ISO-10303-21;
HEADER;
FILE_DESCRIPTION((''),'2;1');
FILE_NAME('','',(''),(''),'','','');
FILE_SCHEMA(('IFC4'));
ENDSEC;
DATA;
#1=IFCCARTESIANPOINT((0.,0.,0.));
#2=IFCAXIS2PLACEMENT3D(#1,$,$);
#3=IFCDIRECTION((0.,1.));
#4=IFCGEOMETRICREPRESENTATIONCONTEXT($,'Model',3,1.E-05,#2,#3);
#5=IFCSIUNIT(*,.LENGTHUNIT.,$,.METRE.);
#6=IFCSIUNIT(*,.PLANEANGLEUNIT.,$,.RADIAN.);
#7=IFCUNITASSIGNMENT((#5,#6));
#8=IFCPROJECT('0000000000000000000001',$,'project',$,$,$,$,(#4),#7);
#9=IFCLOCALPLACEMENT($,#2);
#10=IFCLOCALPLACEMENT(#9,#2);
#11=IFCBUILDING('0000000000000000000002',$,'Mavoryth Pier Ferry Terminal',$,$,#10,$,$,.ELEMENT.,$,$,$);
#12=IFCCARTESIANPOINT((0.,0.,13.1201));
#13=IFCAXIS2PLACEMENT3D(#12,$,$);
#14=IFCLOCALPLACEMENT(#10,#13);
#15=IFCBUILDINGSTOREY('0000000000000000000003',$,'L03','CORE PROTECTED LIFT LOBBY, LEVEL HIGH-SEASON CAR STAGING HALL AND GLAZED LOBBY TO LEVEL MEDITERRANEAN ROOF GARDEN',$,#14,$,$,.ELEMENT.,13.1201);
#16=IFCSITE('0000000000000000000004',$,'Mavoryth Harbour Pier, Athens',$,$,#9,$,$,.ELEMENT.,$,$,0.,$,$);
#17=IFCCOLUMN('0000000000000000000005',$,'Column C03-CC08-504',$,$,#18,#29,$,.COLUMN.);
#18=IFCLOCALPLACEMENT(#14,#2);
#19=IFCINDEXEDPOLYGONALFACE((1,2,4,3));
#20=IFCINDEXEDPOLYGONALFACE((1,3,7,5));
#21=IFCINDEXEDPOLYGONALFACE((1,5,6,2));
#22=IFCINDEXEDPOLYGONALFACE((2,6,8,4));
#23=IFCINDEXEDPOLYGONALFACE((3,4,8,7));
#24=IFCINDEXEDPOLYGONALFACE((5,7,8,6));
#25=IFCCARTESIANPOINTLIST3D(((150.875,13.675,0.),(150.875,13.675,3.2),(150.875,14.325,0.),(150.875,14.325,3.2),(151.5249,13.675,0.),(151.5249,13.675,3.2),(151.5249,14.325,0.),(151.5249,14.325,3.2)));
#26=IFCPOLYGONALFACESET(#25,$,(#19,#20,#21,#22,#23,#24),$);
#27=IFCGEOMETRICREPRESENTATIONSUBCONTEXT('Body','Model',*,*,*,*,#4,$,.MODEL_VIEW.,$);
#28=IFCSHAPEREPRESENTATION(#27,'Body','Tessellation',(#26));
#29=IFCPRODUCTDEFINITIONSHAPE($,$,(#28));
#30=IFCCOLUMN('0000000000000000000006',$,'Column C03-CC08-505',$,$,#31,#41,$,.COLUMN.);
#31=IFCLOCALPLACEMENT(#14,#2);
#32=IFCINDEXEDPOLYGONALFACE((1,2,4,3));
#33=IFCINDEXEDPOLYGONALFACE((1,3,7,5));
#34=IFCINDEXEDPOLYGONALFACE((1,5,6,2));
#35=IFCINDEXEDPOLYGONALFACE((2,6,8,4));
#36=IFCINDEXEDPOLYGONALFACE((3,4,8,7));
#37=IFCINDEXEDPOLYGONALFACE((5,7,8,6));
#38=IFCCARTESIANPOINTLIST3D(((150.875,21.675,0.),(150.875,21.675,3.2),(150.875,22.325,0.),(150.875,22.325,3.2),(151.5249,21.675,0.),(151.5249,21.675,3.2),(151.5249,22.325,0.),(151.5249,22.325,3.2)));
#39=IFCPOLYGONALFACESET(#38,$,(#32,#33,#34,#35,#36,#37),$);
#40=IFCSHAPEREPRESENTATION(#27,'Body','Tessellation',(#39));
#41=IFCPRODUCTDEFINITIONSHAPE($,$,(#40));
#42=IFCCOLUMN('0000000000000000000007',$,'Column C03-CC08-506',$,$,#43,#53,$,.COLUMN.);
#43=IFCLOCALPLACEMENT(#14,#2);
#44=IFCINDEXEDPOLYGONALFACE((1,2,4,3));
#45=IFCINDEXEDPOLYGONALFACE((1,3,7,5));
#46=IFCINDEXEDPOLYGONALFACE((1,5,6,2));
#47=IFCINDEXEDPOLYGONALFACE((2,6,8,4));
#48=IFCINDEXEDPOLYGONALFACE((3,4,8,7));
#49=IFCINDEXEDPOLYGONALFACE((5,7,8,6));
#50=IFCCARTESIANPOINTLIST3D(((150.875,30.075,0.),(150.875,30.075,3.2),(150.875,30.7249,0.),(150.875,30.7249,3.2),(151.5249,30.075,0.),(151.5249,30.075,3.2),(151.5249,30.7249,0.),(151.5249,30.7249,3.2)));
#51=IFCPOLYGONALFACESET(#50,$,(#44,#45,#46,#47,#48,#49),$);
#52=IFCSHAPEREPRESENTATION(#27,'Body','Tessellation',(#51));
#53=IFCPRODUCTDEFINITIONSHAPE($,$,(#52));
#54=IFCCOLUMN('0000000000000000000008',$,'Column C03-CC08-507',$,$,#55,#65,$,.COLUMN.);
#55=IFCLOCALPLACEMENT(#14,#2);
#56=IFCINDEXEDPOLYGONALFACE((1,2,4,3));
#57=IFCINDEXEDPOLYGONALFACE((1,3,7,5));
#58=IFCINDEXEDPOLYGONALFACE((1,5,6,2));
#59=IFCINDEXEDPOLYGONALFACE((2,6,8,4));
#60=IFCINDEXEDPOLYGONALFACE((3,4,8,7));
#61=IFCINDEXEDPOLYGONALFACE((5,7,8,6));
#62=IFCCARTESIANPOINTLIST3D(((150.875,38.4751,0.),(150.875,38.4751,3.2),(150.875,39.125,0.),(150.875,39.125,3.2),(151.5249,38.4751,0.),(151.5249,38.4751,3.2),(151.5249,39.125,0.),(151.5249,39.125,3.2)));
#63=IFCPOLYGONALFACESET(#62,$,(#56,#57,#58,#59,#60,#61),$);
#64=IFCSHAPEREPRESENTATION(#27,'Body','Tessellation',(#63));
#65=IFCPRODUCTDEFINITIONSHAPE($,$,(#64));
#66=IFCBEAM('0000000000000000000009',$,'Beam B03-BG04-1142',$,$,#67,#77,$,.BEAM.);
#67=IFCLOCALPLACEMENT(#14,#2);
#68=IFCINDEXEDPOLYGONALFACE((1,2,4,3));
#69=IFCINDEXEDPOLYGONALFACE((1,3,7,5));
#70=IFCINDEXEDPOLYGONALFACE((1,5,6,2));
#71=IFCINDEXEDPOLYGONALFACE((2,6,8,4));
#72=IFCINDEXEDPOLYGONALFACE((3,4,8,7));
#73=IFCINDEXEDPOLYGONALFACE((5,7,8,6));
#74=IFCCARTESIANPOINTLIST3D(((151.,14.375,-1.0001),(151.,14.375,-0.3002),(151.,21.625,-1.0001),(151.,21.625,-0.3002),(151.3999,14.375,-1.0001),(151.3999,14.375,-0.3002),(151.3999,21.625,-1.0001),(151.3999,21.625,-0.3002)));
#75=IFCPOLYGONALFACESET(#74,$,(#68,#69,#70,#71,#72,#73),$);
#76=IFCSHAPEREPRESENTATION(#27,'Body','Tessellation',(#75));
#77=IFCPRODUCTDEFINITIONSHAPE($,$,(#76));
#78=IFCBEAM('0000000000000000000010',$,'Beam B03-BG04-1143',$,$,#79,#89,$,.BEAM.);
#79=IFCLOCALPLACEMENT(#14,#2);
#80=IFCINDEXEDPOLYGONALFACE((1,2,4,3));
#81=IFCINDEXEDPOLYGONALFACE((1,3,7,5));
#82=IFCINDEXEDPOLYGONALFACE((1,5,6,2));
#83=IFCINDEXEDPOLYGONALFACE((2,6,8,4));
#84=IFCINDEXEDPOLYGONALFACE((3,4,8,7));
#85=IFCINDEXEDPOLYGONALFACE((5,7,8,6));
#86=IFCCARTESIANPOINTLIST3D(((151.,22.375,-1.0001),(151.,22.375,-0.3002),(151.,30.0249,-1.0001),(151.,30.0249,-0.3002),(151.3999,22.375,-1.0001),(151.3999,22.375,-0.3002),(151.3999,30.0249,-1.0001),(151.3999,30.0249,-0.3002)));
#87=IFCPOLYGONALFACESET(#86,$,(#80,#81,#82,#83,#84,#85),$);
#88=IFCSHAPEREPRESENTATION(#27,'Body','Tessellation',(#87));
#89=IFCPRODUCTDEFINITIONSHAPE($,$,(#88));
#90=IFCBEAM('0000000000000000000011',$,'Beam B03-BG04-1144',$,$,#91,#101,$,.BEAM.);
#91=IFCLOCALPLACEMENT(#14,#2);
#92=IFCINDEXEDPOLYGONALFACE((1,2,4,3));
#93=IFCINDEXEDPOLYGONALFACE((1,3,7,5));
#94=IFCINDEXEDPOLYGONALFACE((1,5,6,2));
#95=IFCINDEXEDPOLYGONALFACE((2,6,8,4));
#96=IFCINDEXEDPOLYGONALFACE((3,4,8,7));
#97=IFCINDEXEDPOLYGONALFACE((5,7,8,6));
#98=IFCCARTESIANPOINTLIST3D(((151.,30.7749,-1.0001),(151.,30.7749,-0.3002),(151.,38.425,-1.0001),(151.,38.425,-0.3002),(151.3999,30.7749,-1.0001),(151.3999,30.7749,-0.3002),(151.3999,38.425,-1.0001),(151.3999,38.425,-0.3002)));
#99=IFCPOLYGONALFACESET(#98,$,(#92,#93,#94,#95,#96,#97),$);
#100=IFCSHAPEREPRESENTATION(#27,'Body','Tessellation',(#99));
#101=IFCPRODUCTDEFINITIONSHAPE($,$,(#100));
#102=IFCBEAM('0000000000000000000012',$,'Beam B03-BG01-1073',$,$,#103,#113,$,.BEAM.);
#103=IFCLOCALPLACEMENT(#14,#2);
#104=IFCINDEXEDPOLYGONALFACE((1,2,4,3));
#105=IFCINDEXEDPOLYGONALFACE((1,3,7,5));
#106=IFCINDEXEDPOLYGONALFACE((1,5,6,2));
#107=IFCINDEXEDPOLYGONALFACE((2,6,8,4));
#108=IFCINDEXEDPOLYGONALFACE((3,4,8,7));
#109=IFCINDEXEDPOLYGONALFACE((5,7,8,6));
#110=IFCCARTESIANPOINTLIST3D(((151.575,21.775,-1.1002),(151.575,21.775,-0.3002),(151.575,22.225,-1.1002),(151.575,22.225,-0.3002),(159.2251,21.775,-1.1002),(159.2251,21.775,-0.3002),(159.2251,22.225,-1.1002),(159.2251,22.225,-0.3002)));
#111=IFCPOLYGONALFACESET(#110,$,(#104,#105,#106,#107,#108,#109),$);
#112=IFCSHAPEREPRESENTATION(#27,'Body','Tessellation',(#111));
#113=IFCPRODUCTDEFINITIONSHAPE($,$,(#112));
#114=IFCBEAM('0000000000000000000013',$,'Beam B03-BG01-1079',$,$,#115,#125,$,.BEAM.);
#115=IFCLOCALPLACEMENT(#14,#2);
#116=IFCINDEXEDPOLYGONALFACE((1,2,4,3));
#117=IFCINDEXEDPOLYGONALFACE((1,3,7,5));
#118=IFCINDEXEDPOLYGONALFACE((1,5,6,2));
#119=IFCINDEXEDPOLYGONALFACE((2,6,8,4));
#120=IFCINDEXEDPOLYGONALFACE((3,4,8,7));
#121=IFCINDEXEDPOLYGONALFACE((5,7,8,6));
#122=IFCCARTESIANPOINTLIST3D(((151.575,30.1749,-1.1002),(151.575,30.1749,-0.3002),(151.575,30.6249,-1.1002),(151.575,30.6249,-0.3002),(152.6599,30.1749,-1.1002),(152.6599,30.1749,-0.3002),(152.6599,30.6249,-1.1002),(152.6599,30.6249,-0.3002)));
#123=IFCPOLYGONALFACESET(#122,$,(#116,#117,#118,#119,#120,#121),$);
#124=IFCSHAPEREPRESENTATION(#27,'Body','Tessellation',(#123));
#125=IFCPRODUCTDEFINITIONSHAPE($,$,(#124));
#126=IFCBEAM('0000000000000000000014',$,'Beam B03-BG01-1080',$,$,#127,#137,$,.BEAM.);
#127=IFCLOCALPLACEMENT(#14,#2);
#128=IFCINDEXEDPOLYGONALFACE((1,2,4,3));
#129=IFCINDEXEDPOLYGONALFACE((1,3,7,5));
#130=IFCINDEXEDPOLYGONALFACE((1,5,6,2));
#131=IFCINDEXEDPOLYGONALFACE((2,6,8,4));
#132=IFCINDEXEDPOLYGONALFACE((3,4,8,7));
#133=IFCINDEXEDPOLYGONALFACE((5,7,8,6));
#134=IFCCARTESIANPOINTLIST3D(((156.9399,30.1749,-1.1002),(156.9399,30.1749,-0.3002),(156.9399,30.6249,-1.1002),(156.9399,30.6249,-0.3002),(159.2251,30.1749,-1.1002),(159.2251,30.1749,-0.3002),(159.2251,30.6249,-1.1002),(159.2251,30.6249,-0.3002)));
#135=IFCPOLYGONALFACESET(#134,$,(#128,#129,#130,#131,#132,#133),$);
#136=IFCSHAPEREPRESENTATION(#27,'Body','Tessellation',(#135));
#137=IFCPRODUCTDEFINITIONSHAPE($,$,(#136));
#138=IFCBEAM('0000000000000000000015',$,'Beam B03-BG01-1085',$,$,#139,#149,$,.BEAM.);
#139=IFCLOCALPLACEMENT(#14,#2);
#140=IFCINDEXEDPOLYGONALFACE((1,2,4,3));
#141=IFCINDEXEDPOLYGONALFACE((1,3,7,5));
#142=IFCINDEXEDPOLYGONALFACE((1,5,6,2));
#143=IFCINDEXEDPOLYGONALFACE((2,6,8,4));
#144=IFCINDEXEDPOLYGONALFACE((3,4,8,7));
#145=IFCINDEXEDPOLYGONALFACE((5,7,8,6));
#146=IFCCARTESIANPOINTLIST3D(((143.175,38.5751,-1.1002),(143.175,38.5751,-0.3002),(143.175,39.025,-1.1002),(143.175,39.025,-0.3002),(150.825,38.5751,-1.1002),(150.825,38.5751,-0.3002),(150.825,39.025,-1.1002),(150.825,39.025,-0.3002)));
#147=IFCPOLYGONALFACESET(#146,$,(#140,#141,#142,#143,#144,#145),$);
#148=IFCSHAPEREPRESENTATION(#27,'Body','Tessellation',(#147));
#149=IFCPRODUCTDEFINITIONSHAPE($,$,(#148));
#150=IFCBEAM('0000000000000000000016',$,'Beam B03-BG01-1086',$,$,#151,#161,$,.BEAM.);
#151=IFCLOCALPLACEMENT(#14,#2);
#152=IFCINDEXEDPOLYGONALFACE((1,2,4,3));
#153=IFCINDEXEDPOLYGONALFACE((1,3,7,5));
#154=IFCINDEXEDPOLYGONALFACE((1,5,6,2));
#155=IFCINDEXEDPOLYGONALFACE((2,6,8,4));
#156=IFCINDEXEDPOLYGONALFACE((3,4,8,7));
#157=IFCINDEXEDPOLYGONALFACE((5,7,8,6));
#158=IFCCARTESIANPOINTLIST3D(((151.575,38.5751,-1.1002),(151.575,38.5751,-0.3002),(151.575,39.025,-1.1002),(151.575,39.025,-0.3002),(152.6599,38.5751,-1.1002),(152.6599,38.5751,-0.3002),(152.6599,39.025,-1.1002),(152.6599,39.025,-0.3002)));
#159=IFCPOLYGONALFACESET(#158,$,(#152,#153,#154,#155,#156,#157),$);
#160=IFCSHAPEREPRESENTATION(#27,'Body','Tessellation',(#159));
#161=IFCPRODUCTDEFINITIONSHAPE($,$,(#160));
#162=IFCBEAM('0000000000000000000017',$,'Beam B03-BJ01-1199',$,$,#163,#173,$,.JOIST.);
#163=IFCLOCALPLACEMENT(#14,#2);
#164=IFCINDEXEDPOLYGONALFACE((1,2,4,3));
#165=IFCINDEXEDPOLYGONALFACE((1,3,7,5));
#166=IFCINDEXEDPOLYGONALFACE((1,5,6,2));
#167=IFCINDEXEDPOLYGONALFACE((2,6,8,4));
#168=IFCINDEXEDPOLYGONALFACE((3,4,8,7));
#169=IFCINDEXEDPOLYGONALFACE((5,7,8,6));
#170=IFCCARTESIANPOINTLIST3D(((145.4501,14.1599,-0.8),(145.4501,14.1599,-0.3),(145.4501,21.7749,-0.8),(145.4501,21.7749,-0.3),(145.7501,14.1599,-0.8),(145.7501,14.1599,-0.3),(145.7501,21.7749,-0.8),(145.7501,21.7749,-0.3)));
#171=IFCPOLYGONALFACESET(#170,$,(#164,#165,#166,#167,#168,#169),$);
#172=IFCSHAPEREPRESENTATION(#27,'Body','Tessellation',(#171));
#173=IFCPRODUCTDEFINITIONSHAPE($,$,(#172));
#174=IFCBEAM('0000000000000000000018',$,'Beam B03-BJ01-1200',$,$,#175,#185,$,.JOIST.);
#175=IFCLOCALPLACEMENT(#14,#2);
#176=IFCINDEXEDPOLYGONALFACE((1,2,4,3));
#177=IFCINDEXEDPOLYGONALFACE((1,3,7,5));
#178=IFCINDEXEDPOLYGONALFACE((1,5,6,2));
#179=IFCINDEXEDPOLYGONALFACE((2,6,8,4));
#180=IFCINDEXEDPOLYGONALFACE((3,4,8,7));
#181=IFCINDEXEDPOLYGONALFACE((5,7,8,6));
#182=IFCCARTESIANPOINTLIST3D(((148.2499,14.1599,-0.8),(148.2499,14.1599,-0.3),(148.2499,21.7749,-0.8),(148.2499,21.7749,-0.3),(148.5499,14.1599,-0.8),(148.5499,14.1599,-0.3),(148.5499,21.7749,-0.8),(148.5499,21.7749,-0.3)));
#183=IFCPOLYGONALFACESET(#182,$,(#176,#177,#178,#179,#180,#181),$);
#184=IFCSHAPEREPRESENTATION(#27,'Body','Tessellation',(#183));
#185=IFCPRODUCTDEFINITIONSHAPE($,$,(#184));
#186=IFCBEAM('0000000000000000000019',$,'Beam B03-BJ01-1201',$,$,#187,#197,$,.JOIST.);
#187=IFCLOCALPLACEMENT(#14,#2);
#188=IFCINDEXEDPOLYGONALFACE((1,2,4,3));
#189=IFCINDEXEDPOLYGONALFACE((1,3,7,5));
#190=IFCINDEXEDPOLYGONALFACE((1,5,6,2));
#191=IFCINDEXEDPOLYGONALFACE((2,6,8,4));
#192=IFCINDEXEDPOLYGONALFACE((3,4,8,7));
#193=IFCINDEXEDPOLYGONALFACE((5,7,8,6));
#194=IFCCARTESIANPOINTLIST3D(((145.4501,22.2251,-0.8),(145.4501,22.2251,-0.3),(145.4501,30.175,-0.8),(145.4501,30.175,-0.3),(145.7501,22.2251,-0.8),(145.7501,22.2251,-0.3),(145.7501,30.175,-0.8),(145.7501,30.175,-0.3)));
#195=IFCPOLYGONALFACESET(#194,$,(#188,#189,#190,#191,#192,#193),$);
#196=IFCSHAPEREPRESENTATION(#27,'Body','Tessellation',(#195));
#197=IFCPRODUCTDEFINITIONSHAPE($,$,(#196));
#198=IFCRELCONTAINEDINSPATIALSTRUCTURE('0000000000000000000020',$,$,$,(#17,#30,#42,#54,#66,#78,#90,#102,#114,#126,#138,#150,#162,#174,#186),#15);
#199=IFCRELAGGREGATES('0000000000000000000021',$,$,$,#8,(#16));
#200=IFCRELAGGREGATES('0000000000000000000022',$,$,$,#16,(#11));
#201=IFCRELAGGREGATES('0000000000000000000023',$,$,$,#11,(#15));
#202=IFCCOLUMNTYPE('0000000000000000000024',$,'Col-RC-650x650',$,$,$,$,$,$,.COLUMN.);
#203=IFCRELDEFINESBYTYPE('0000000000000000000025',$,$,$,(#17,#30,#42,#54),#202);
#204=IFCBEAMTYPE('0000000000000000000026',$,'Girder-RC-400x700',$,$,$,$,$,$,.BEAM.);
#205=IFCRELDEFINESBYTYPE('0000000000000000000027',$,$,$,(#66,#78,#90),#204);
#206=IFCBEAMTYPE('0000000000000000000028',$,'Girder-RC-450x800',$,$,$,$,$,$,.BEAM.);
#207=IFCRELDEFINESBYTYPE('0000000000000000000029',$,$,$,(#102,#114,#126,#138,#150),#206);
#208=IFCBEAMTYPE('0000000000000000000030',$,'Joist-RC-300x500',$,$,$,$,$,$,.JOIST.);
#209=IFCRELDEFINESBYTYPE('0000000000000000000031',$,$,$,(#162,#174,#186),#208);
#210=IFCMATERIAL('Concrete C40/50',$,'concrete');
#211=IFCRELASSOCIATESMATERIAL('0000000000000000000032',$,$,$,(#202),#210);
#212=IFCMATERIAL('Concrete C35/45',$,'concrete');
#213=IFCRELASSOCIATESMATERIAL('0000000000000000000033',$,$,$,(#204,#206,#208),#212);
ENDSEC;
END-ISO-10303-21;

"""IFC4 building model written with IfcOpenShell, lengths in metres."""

from ifc_helpers import new_model, si_unit, direction, frame, origin, origin_2d, place, context, subcontext, project, spatial, rectangle, extrude, material, material_profile, profile_set, type_object, element, save


model = new_model("IFC4")

# Units and contexts
model_context = context("Model", 3, precision=1e-05, world=origin(), true_north=direction((0.0, 1.0)))
body_context = subcontext(model_context, "Body", "Model", "MODEL_VIEW")
ifc_project = project(units=[si_unit("LENGTHUNIT", "METRE"), si_unit("PLANEANGLEUNIT", "RADIAN")], contexts=[model_context])

# Site, building, storey
site_placement = place(None, origin())
site = spatial("IfcSite", under=ifc_project, at=site_placement, Name="Mavoryth Harbour Pier, Athens", CompositionType="ELEMENT", RefElevation=0.0)
building_placement = place(site_placement, origin())
building = spatial("IfcBuilding", under=site, at=building_placement, Name="Mavoryth Pier Ferry Terminal", CompositionType="ELEMENT")
storey_placement = place(building_placement, frame((0.0, 0.0, 13.1201)))
storey = spatial("IfcBuildingStorey", under=building, at=storey_placement, Name="L03", Description="CORE PROTECTED LIFT LOBBY, LEVEL HIGH-SEASON CAR STAGING HALL AND GLAZED LOBBY TO LEVEL MEDITERRANEAN ROOF GARDEN", CompositionType="ELEMENT", Elevation=13.1201)

# Columns
ifc_material_1 = material(Name="Concrete C40/50", Category="concrete")
ifc_material_profile_1 = material_profile(ifc_material_1, rectangle(XDim=0.6499, YDim=0.6499, at=origin_2d()), Name="RC 650x650", Category="concrete")
ifc_profile_set_1 = profile_set([ifc_material_profile_1], Name="Concrete C40/50 - RC 650x650")
column_type = type_object("IfcColumnType", Name="Col-RC-650x650", PredefinedType="COLUMN", material=ifc_profile_set_1)
for number, where, z_axis, x_axis, name in (
    (1, (151.2, 14.0, 0.0), (0.0, 0.0, 1.0), (1.0, 0.0, 0.0), "Column C03-CC08-504"),
    (2, (151.2, 22.0, 0.0), (0.0, 0.0, 1.0), (1.0, 0.0, 0.0), "Column C03-CC08-505"),
    (3, (151.2, 30.3999, 0.0), (0.0, 0.0, 1.0), (1.0, 0.0, 0.0), "Column C03-CC08-506"),
    (4, (151.2, 38.8, 0.0), (0.0, 0.0, 1.0), (1.0, 0.0, 0.0), "Column C03-CC08-507"),
):
    element("IfcColumn", number, at=place(storey_placement, frame(where, z_axis=z_axis, x_axis=x_axis)), inside=storey, type_object=column_type, Name=name, PredefinedType="COLUMN", context=body_context, shape_type="SweptSolid", body=[
        extrude(rectangle(XDim=0.6499, YDim=0.6499, at=origin_2d()), origin(), (0.0, 0.0, 1.0), 3.2),
    ])

# Beams
ifc_material_2 = material(Name="Concrete C35/45", Category="concrete")
ifc_material_profile_2 = material_profile(ifc_material_2, rectangle(XDim=0.3999, YDim=0.7, at=origin_2d()), Name="RC 400x700", Category="concrete")
ifc_profile_set_2 = profile_set([ifc_material_profile_2], Name="Concrete C35/45 - RC 400x700")
beam_type_1 = type_object("IfcBeamType", Name="Girder-RC-400x700", PredefinedType="BEAM", material=ifc_profile_set_2)
beam_1_placement = place(storey_placement, frame((151.2, 14.375, -0.6501), z_axis=(0.0, 1.0, 0.0), x_axis=(-1.0, 0.0, 0.0)))
element("IfcBeam", 5, at=beam_1_placement, inside=storey, type_object=beam_type_1, Name="Beam B03-BG04-1142", PredefinedType="BEAM", context=body_context, shape_type="SweptSolid", body=[
    extrude(rectangle(XDim=0.3999, YDim=0.7, at=origin_2d()), origin(), (0.0, 0.0, 1.0), 7.25),
])
beam_2_placement = place(storey_placement, frame((151.2, 22.375, -0.6501), z_axis=(0.0, 1.0, 0.0), x_axis=(-1.0, 0.0, 0.0)))
element("IfcBeam", 6, at=beam_2_placement, inside=storey, type_object=beam_type_1, Name="Beam B03-BG04-1143", PredefinedType="BEAM", context=body_context, shape_type="SweptSolid", body=[
    extrude(rectangle(XDim=0.3999, YDim=0.7, at=origin_2d()), origin(), (0.0, 0.0, 1.0), 7.6499),
])
beam_3_placement = place(storey_placement, frame((151.2, 30.7749, -0.6501), z_axis=(0.0, 1.0, 0.0), x_axis=(-1.0, 0.0, 0.0)))
element("IfcBeam", 7, at=beam_3_placement, inside=storey, type_object=beam_type_1, Name="Beam B03-BG04-1144", PredefinedType="BEAM", context=body_context, shape_type="SweptSolid", body=[
    extrude(rectangle(XDim=0.3999, YDim=0.7, at=origin_2d()), origin(), (0.0, 0.0, 1.0), 7.6501),
])
ifc_material_profile_3 = material_profile(ifc_material_2, rectangle(XDim=0.45, YDim=0.8, at=origin_2d()), Name="RC 450x800", Category="concrete")
ifc_profile_set_3 = profile_set([ifc_material_profile_3], Name="Concrete C35/45 - RC 450x800")
beam_type_2 = type_object("IfcBeamType", Name="Girder-RC-450x800", PredefinedType="BEAM", material=ifc_profile_set_3)
beam_4_placement = place(storey_placement, frame((151.575, 22.0, -0.7002), z_axis=(1.0, 0.0, 0.0), x_axis=(0.0, 1.0, 0.0)))
element("IfcBeam", 8, at=beam_4_placement, inside=storey, type_object=beam_type_2, Name="Beam B03-BG01-1073", PredefinedType="BEAM", context=body_context, shape_type="SweptSolid", body=[
    extrude(rectangle(XDim=0.45, YDim=0.8, at=origin_2d()), origin(), (0.0, 0.0, 1.0), 7.6501),
])
beam_5_placement = place(storey_placement, frame((151.575, 30.3999, -0.7002), z_axis=(1.0, 0.0, 0.0), x_axis=(0.0, 1.0, 0.0)))
element("IfcBeam", 9, at=beam_5_placement, inside=storey, type_object=beam_type_2, Name="Beam B03-BG01-1079", PredefinedType="BEAM", context=body_context, shape_type="SweptSolid", body=[
    extrude(rectangle(XDim=0.45, YDim=0.8, at=origin_2d()), origin(), (0.0, 0.0, 1.0), 1.085),
])
beam_6_placement = place(storey_placement, frame((156.9399, 30.3999, -0.7002), z_axis=(1.0, 0.0, 0.0), x_axis=(0.0, 1.0, 0.0)))
element("IfcBeam", 10, at=beam_6_placement, inside=storey, type_object=beam_type_2, Name="Beam B03-BG01-1080", PredefinedType="BEAM", context=body_context, shape_type="SweptSolid", body=[
    extrude(rectangle(XDim=0.45, YDim=0.8, at=origin_2d()), origin(), (0.0, 0.0, 1.0), 2.2852),
])
beam_7_placement = place(storey_placement, frame((143.175, 38.8, -0.7002), z_axis=(1.0, 0.0, 0.0), x_axis=(0.0, 1.0, 0.0)))
element("IfcBeam", 11, at=beam_7_placement, inside=storey, type_object=beam_type_2, Name="Beam B03-BG01-1085", PredefinedType="BEAM", context=body_context, shape_type="SweptSolid", body=[
    extrude(rectangle(XDim=0.45, YDim=0.8, at=origin_2d()), origin(), (0.0, 0.0, 1.0), 7.6499),
])
beam_8_placement = place(storey_placement, frame((151.575, 38.8, -0.7002), z_axis=(1.0, 0.0, 0.0), x_axis=(0.0, 1.0, 0.0)))
element("IfcBeam", 12, at=beam_8_placement, inside=storey, type_object=beam_type_2, Name="Beam B03-BG01-1086", PredefinedType="BEAM", context=body_context, shape_type="SweptSolid", body=[
    extrude(rectangle(XDim=0.45, YDim=0.8, at=origin_2d()), origin(), (0.0, 0.0, 1.0), 1.085),
])
ifc_material_profile_4 = material_profile(ifc_material_2, rectangle(XDim=0.3, YDim=0.5, at=origin_2d()), Name="RC 300x500", Category="concrete")
ifc_profile_set_4 = profile_set([ifc_material_profile_4], Name="Concrete C35/45 - RC 300x500")
beam_type_3 = type_object("IfcBeamType", Name="Joist-RC-300x500", PredefinedType="JOIST", material=ifc_profile_set_4)
for number, where, z_axis, x_axis, name in (
    (13, (145.6001, 14.1599, -0.55), (0.0, 1.0, 0.0), (-1.0, 0.0, 0.0), "Beam B03-BJ01-1199"),
    (14, (148.3999, 14.1599, -0.55), (0.0, 1.0, 0.0), (-1.0, 0.0, 0.0), "Beam B03-BJ01-1200"),
):
    element("IfcBeam", number, at=place(storey_placement, frame(where, z_axis=z_axis, x_axis=x_axis)), inside=storey, type_object=beam_type_3, Name=name, PredefinedType="JOIST", context=body_context, shape_type="SweptSolid", body=[
        extrude(rectangle(XDim=0.3, YDim=0.5, at=origin_2d()), origin(), (0.0, 0.0, 1.0), 7.615),
    ])
for number, where, z_axis, x_axis, name in (
    (15, (145.6001, 22.2251, -0.55), (0.0, 1.0, 0.0), (-1.0, 0.0, 0.0), "Beam B03-BJ01-1201"),
):
    element("IfcBeam", number, at=place(storey_placement, frame(where, z_axis=z_axis, x_axis=x_axis)), inside=storey, type_object=beam_type_3, Name=name, PredefinedType="JOIST", context=body_context, shape_type="SweptSolid", body=[
        extrude(rectangle(XDim=0.3, YDim=0.5, at=origin_2d()), origin(), (0.0, 0.0, 1.0), 7.95),
    ])

save(model, "model.ifc")
